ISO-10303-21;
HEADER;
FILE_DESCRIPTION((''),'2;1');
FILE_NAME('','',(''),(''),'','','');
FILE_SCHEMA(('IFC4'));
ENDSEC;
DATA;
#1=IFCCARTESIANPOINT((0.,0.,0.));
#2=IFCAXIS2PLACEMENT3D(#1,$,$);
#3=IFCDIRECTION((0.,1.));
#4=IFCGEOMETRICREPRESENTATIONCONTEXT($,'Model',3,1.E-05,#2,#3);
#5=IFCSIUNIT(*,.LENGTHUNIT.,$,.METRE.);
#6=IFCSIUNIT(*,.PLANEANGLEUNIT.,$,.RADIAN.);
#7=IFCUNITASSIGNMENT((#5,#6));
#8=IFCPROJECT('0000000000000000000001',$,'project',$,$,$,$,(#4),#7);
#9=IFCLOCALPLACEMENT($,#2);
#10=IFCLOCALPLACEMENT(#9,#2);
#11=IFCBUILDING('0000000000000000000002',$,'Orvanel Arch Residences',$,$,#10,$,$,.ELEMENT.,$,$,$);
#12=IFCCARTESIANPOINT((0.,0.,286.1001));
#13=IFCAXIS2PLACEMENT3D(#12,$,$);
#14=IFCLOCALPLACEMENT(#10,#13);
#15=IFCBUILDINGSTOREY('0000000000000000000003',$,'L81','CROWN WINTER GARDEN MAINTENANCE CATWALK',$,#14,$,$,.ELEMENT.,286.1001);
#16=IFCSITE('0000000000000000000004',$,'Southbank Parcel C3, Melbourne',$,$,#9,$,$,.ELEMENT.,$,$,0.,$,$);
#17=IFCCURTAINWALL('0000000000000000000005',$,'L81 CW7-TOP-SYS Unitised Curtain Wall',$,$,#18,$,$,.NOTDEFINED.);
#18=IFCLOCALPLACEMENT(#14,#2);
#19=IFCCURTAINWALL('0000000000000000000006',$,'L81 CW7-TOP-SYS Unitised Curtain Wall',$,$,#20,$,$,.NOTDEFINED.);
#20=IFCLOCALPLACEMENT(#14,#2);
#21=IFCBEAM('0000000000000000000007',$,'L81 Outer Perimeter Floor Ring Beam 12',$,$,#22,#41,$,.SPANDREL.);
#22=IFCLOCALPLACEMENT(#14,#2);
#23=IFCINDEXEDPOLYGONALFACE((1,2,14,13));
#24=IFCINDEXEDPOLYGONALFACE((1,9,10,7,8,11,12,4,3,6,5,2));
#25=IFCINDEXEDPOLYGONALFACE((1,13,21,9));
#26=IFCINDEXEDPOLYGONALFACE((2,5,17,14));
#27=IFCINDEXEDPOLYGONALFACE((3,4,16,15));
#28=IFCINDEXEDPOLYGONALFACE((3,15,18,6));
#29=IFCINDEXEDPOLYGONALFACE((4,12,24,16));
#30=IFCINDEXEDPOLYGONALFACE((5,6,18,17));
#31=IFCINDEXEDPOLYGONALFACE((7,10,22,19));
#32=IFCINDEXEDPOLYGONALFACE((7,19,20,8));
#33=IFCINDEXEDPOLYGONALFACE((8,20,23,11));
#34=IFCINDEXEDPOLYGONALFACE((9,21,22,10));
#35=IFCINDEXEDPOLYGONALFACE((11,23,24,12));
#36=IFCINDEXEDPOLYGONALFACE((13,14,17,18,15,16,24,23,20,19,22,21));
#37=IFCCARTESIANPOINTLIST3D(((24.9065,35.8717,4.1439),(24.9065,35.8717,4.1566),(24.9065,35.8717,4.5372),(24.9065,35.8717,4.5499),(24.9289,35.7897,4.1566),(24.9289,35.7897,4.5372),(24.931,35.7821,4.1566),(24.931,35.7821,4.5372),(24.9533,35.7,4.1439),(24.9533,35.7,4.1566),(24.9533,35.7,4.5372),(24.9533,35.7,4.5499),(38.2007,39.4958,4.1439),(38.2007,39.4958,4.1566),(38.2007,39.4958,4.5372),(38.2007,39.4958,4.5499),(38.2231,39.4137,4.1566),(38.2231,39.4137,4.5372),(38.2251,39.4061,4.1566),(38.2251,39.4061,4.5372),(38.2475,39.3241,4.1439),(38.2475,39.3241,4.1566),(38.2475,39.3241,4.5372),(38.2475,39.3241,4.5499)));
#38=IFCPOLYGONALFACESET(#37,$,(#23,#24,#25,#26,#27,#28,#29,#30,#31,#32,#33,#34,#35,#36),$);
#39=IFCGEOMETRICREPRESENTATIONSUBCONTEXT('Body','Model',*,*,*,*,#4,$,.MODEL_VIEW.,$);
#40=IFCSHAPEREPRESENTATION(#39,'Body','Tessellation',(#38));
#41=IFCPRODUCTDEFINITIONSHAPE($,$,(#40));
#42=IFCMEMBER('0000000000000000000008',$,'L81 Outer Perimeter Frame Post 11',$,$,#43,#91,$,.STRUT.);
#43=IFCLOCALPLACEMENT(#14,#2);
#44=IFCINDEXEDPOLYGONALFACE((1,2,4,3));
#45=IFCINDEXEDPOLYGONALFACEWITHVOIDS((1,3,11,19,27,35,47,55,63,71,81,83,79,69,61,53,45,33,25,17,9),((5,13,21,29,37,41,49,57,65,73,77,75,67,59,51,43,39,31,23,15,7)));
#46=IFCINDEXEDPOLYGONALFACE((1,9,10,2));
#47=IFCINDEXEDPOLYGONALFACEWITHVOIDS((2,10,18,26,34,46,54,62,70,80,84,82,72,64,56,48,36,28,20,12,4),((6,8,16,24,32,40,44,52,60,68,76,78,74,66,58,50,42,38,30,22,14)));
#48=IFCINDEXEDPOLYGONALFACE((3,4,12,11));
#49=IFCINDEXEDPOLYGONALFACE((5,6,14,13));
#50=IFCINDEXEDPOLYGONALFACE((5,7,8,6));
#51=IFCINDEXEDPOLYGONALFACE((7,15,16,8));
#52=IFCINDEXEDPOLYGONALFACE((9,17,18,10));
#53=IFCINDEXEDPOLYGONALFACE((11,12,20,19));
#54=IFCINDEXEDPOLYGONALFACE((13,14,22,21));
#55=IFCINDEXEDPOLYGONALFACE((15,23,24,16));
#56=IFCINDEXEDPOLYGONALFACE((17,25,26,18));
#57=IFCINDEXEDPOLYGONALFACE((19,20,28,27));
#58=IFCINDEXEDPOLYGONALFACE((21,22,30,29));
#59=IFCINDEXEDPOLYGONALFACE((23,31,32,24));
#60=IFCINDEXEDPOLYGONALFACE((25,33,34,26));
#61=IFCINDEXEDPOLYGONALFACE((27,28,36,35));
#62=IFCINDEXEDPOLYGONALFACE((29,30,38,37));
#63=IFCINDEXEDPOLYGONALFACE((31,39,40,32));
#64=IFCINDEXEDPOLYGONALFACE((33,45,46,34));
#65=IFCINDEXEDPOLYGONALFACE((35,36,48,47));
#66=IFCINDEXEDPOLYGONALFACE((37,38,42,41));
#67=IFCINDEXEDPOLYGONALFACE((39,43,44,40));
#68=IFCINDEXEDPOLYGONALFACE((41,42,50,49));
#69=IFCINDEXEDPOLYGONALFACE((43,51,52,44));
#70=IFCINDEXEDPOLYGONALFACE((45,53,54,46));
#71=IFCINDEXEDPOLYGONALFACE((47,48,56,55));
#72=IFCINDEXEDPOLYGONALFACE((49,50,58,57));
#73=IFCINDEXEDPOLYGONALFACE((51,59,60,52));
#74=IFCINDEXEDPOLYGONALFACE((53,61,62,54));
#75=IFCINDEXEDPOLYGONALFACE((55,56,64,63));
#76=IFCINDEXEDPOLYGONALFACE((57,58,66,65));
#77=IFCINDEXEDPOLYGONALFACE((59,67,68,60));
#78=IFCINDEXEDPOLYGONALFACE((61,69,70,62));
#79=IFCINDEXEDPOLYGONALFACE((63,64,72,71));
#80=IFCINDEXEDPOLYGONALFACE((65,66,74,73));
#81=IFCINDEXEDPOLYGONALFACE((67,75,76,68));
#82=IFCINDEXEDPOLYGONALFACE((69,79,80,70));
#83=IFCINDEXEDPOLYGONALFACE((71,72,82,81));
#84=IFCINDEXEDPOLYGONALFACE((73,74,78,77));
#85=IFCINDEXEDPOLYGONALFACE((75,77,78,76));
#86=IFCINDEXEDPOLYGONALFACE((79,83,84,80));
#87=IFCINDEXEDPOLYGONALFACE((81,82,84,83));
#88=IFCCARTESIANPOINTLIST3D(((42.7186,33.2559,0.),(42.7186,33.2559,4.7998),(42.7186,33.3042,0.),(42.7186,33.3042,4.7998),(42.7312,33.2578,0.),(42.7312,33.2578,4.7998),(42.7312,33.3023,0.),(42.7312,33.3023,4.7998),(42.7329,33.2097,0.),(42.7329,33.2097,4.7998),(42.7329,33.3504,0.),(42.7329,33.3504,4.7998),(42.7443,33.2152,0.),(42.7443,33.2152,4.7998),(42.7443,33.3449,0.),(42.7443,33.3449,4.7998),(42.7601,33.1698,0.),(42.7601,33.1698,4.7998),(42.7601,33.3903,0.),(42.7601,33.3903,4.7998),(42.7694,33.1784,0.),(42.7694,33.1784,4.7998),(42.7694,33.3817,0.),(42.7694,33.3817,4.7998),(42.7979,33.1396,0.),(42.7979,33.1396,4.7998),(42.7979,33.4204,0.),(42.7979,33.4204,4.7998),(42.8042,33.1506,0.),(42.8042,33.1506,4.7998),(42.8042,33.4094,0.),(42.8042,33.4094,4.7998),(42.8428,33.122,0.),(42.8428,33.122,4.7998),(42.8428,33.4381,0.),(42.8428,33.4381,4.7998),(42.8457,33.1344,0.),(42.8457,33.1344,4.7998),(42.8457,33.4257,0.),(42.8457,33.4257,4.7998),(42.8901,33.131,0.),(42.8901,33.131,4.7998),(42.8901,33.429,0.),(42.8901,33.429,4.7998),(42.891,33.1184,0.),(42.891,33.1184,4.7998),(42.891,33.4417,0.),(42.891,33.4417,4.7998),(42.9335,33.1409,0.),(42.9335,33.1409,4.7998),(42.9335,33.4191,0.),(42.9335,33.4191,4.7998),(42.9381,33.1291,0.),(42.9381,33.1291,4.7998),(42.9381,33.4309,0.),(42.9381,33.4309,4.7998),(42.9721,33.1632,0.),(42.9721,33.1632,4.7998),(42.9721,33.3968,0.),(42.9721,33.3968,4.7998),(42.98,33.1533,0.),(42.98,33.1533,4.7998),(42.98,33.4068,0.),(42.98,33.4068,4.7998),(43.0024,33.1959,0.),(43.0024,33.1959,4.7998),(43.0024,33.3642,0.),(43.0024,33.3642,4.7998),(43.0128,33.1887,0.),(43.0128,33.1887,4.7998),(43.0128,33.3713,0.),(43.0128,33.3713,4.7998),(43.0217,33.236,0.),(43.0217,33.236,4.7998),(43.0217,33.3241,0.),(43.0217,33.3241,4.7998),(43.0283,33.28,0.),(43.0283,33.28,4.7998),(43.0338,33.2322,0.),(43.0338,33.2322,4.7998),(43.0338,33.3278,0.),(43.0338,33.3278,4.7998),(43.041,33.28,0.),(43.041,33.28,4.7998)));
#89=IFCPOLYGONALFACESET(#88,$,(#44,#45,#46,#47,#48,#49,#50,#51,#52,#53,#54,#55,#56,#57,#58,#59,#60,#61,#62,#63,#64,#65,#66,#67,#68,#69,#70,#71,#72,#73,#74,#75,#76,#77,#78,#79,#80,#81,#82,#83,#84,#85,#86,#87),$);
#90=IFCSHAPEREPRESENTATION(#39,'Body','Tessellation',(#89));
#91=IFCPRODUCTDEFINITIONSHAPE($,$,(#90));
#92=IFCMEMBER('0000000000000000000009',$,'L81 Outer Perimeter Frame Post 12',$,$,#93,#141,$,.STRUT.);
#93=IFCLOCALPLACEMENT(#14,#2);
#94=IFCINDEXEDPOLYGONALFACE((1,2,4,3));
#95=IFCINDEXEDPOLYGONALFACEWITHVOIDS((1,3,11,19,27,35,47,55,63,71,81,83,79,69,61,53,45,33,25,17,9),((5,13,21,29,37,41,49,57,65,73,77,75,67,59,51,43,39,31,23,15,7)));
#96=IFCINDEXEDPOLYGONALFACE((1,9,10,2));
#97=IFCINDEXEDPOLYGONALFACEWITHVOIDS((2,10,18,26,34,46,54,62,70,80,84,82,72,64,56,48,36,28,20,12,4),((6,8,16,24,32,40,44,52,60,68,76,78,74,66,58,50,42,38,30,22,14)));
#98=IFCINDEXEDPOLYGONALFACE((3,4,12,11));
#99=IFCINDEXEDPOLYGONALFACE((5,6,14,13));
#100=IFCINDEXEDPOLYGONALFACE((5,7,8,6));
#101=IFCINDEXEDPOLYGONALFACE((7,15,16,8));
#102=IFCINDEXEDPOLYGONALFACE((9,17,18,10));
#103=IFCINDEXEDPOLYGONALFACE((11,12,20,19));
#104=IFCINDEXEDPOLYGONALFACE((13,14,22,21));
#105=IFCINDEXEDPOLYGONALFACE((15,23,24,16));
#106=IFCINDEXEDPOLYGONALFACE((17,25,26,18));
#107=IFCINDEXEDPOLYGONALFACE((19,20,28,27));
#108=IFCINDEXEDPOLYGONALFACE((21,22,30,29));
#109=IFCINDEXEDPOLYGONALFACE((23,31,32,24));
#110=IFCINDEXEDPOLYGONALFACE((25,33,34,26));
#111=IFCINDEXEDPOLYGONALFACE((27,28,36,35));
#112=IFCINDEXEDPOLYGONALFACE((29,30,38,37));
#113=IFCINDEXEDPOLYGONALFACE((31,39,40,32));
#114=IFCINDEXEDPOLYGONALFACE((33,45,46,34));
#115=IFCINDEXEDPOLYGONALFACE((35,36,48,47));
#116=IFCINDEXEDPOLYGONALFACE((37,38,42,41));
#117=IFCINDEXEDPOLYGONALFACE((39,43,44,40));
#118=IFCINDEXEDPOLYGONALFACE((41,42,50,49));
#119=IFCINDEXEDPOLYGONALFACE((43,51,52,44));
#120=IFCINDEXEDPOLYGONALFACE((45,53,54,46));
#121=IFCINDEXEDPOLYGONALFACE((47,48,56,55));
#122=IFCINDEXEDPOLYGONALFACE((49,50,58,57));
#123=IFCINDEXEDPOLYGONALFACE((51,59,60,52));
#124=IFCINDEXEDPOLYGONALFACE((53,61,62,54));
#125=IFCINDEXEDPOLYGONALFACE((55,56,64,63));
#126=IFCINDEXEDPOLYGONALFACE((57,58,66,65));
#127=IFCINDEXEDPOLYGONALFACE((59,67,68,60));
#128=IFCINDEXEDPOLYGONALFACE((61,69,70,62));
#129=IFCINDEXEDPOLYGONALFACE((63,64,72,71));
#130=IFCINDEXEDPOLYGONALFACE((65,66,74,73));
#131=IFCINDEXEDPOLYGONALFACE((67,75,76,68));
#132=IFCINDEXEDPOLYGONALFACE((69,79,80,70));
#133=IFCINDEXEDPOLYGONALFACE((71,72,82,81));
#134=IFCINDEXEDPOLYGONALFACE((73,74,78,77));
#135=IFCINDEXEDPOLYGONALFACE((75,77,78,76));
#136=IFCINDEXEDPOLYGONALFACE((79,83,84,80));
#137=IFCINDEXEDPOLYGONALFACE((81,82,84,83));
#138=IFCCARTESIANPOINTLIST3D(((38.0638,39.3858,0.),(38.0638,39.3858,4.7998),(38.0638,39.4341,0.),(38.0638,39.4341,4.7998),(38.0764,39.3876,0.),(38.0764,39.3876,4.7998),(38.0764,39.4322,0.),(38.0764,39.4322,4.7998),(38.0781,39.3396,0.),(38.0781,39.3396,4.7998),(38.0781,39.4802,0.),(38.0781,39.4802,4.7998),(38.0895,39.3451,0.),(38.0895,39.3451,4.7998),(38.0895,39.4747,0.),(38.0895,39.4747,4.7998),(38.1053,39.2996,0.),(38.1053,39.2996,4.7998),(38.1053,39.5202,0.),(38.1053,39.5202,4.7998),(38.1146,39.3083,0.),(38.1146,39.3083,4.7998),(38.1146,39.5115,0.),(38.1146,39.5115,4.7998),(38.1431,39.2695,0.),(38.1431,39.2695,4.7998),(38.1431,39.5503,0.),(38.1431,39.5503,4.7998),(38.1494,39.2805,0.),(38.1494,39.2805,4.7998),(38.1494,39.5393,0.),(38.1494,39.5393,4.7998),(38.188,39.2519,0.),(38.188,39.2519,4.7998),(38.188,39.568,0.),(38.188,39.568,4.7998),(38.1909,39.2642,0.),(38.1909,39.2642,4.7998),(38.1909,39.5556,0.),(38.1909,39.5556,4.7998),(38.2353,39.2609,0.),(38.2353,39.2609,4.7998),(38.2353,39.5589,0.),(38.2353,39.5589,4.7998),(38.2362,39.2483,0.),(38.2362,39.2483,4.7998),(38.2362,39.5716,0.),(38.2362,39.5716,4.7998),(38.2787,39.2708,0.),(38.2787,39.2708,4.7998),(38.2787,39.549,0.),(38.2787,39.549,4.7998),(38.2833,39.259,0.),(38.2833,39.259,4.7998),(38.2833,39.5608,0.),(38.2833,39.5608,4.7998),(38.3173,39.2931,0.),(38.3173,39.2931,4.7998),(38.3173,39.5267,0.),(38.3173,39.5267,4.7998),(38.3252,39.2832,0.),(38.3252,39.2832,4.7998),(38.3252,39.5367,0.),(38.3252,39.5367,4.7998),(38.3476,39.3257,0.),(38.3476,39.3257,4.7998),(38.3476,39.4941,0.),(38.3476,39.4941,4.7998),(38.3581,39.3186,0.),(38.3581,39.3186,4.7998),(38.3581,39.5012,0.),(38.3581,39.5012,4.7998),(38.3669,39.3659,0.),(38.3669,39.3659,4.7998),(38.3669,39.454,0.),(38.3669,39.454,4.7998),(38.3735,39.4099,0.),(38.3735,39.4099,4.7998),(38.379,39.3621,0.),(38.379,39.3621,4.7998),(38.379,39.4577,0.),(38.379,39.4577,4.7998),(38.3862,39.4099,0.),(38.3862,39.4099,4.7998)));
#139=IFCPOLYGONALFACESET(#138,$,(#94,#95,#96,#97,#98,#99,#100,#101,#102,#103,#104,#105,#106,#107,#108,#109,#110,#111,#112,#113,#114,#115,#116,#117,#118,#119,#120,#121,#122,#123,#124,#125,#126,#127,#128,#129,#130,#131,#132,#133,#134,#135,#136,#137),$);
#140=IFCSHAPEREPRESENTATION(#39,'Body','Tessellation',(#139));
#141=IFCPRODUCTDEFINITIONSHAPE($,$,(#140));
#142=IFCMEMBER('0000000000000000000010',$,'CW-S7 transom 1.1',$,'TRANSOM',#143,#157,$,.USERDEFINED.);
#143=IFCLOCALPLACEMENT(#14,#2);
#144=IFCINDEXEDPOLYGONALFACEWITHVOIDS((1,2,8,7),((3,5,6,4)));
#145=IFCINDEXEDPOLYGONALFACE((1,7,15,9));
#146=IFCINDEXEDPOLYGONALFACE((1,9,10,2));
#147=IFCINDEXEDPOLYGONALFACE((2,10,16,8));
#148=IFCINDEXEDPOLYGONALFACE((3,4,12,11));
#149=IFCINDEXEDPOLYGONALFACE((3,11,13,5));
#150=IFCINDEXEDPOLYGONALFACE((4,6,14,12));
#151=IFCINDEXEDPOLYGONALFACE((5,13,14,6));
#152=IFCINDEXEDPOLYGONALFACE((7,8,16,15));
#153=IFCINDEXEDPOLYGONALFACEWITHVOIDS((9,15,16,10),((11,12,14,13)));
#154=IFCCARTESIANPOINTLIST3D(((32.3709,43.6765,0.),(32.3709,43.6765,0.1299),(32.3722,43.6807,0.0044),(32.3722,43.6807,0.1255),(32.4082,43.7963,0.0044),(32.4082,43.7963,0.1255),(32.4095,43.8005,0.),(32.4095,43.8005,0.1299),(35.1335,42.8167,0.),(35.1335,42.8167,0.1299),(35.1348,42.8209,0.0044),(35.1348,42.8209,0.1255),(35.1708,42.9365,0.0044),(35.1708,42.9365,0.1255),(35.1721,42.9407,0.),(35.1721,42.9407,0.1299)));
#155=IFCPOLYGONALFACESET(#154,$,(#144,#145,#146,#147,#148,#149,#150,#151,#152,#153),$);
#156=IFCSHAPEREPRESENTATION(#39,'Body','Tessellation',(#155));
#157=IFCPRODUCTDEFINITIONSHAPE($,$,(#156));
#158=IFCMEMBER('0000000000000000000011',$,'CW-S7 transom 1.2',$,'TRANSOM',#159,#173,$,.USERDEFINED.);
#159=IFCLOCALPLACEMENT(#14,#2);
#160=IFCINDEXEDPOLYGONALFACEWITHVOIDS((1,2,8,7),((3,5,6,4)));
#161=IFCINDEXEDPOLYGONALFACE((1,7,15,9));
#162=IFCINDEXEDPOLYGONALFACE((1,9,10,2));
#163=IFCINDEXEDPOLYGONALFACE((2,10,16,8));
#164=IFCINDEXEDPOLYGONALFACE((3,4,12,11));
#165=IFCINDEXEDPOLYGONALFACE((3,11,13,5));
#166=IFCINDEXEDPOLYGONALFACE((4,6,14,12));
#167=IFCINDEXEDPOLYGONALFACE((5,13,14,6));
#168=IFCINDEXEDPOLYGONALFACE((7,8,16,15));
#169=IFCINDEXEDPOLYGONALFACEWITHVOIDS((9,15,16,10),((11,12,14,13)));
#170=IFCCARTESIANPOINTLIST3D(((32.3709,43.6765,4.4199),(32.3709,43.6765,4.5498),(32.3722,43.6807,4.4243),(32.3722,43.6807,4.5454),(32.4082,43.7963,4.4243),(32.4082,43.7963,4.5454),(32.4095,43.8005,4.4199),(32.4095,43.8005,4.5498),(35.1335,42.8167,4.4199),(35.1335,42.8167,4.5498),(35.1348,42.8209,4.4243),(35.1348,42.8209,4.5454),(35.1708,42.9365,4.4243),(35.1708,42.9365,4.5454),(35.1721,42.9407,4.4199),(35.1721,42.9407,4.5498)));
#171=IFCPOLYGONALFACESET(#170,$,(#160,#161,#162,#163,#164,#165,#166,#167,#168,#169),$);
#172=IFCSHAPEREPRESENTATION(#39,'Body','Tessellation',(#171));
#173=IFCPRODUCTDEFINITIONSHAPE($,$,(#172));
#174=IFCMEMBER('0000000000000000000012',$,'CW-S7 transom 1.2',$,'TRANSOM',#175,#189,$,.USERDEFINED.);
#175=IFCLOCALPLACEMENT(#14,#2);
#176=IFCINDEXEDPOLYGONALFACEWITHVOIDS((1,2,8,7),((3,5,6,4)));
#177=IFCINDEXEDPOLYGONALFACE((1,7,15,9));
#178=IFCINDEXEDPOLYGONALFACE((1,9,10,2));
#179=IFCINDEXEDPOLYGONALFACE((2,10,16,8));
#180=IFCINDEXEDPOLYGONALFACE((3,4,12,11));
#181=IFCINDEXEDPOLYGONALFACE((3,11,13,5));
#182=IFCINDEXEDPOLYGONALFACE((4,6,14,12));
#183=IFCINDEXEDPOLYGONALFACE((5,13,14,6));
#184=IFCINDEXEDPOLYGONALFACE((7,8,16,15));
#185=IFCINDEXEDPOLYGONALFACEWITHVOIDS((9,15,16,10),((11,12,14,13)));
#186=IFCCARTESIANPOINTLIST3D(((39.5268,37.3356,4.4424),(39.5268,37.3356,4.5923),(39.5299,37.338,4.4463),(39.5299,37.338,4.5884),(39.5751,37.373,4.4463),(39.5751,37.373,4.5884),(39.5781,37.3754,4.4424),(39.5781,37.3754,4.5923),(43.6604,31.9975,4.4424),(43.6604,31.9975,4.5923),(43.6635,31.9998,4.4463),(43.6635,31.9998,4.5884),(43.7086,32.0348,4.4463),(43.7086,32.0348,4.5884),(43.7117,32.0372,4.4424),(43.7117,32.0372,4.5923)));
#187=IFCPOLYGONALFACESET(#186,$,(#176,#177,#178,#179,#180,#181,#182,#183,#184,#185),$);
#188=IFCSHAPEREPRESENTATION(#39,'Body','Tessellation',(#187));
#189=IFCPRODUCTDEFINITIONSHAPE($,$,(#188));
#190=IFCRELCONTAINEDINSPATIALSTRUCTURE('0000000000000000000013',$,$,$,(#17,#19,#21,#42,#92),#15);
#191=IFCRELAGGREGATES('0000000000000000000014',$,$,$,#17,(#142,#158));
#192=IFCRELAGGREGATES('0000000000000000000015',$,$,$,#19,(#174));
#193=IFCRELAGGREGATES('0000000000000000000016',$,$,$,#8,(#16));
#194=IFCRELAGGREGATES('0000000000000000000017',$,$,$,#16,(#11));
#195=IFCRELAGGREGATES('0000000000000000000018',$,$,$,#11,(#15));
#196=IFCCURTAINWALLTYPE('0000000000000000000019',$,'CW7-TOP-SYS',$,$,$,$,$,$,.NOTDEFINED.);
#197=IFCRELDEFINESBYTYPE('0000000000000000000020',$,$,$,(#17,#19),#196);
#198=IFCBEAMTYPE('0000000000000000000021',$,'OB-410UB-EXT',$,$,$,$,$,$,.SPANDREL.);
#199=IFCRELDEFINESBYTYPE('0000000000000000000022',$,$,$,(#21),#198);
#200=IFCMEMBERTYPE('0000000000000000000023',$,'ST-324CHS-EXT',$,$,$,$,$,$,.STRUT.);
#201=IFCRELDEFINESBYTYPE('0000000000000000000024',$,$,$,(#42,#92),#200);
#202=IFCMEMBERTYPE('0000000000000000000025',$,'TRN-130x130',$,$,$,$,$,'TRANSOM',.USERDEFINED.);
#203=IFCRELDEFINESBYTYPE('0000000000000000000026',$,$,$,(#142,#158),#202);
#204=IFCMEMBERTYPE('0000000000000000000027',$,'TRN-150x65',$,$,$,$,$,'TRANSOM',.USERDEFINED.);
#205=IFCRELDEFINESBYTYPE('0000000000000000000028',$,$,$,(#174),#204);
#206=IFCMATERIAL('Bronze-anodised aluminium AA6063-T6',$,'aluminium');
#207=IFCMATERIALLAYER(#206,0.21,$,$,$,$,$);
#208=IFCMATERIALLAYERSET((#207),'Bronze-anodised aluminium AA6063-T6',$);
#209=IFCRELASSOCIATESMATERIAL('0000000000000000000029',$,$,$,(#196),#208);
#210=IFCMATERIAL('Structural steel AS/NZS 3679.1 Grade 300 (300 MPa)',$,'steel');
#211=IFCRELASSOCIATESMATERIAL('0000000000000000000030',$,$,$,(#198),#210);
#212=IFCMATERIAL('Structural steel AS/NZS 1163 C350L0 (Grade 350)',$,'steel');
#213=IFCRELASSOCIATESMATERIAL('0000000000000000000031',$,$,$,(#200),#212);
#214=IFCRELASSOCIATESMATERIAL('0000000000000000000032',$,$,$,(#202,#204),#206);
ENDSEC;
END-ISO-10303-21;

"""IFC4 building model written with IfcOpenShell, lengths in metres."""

from ifc_helpers import new_model, si_unit, direction, frame, origin, origin_2d, place, context, subcontext, project, spatial, hollow_rectangle, hollow_circle, i_section, extrude, material, layer, layer_set, material_profile, profile_set, type_object, element, aggregate, save


model = new_model("IFC4")

# Units and contexts
model_context = context("Model", 3, precision=1e-05, world=origin(), true_north=direction((0.0, 1.0)))
body_context = subcontext(model_context, "Body", "Model", "MODEL_VIEW")
ifc_project = project(units=[si_unit("LENGTHUNIT", "METRE"), si_unit("PLANEANGLEUNIT", "RADIAN")], contexts=[model_context])

# Site, building, storey
site_placement = place(None, origin())
site = spatial("IfcSite", under=ifc_project, at=site_placement, Name="Southbank Parcel C3, Melbourne", CompositionType="ELEMENT", RefElevation=0.0)
building_placement = place(site_placement, origin())
building = spatial("IfcBuilding", under=site, at=building_placement, Name="Orvanel Arch Residences", CompositionType="ELEMENT")
storey_placement = place(building_placement, frame((0.0, 0.0, 286.1001)))
storey = spatial("IfcBuildingStorey", under=building, at=storey_placement, Name="L81", Description="CROWN WINTER GARDEN MAINTENANCE CATWALK", CompositionType="ELEMENT", Elevation=286.1001)

# Shared definitions
ifc_material_1 = material(Name="Structural steel AS/NZS 3679.1 Grade 300 (300 MPa)", Category="steel")

# Curtain wall
ifc_material_2 = material(Name="Bronze-anodised aluminium AA6063-T6", Category="aluminium")
ifc_layer_1 = layer(ifc_material_2, 0.21)
ifc_layer_set_1 = layer_set([ifc_layer_1], Name="Bronze-anodised aluminium AA6063-T6")
curtain_wall_type = type_object("IfcCurtainWallType", Name="CW7-TOP-SYS", PredefinedType="NOTDEFINED", material=ifc_layer_set_1)
curtain_wall_1_placement = place(storey_placement, origin())
curtain_wall_1 = element("IfcCurtainWall", 1, at=curtain_wall_1_placement, inside=storey, type_object=curtain_wall_type, Name="L81 CW7-TOP-SYS Unitised Curtain Wall", PredefinedType="NOTDEFINED")

# Curtain wall
curtain_wall_2_placement = place(storey_placement, origin())
curtain_wall_2 = element("IfcCurtainWall", 2, at=curtain_wall_2_placement, inside=storey, type_object=curtain_wall_type, Name="L81 CW7-TOP-SYS Unitised Curtain Wall", PredefinedType="NOTDEFINED")

# Beam
ifc_material_profile_1 = material_profile(ifc_material_1, i_section(OverallWidth=0.178, OverallDepth=0.406, WebThickness=0.0078, FlangeThickness=0.0127, at=origin_2d()), Name="410UB59.7")
ifc_profile_set_1 = profile_set([ifc_material_profile_1], Name="Structural steel AS/NZS 3679.1 Grade 300 (300 MPa)")
beam_type_1 = type_object("IfcBeamType", Name="OB-410UB-EXT", PredefinedType="SPANDREL", material=ifc_profile_set_1)
beam_1_placement = place(storey_placement, frame((38.2241, 39.4099, 4.3469), z_axis=(-0.964794, -0.263005, 0.0), x_axis=(0.263005, -0.964794, 0.0)))
element("IfcBeam", 3, at=beam_1_placement, inside=storey, type_object=beam_type_1, Name="L81 Outer Perimeter Floor Ring Beam 12", PredefinedType="SPANDREL", context=body_context, shape_type="SweptSolid", body=[
    extrude(i_section(OverallWidth=0.178, OverallDepth=0.406, WebThickness=0.0078, FlangeThickness=0.0127, at=origin_2d()), origin(), (0.0, 0.0, 1.0), 13.7793),
])

# Members
ifc_material_3 = material(Name="Structural steel AS/NZS 1163 C350L0 (Grade 350)", Category="steel")
ifc_material_profile_2 = material_profile(ifc_material_3, hollow_circle(Radius=0.1621, WallThickness=0.0127, at=origin_2d()), Name="CHS324x12.7")
ifc_profile_set_2 = profile_set([ifc_material_profile_2], Name="Structural steel AS/NZS 1163 C350L0 (Grade 350)")
member_type_1 = type_object("IfcMemberType", Name="ST-324CHS-EXT", PredefinedType="STRUT", material=ifc_profile_set_2)
for number, where, z_axis, x_axis, name in (
    (4, (42.8789, 33.28, 0.0), (0.0, 0.0, 1.0), (1.0, 0.0, 0.0), "L81 Outer Perimeter Frame Post 11"),
    (5, (38.2241, 39.4099, 0.0), (0.0, 0.0, 1.0), (1.0, 0.0, 0.0), "L81 Outer Perimeter Frame Post 12"),
):
    element("IfcMember", number, at=place(storey_placement, frame(where, z_axis=z_axis, x_axis=x_axis)), inside=storey, type_object=member_type_1, Name=name, PredefinedType="STRUT", context=body_context, shape_type="SweptSolid", body=[
        extrude(hollow_circle(Radius=0.1621, WallThickness=0.0127, at=origin_2d()), origin(), (0.0, 0.0, 1.0), 4.7998),
    ])

# Members
ifc_material_profile_3 = material_profile(ifc_material_2, hollow_rectangle(XDim=0.1299, YDim=0.1299, WallThickness=0.0044, at=origin_2d()), Name="ALU130x130x4.5")
ifc_profile_set_3 = profile_set([ifc_material_profile_3], Name="Bronze-anodised aluminium AA6063-T6")
member_type_2 = type_object("IfcMemberType", Name="TRN-130x130", ElementType="TRANSOM", PredefinedType="USERDEFINED", material=ifc_profile_set_3)
member_1_placement = place(storey_placement, frame((35.1528, 42.8787, 0.0649), z_axis=(-0.954822, 0.297179, 0.0), x_axis=(-0.297179, -0.954822, 0.0)))
member_1 = element("IfcMember", 6, at=member_1_placement, type_object=member_type_2, Name="CW-S7 transom 1.1", ObjectType="TRANSOM", PredefinedType="USERDEFINED", context=body_context, shape_type="SweptSolid", body=[
    extrude(hollow_rectangle(XDim=0.1299, YDim=0.1299, WallThickness=0.0044, at=origin_2d()), origin(), (0.0, 0.0, 1.0), 2.8933),
])
member_2_placement = place(storey_placement, frame((35.1528, 42.8787, 4.4849), z_axis=(-0.954822, 0.297179, 0.0), x_axis=(-0.297179, -0.954822, 0.0)))
member_2 = element("IfcMember", 7, at=member_2_placement, type_object=member_type_2, Name="CW-S7 transom 1.2", ObjectType="TRANSOM", PredefinedType="USERDEFINED", context=body_context, shape_type="SweptSolid", body=[
    extrude(hollow_rectangle(XDim=0.1299, YDim=0.1299, WallThickness=0.0044, at=origin_2d()), origin(), (0.0, 0.0, 1.0), 2.8933),
])
ifc_material_profile_4 = material_profile(ifc_material_2, hollow_rectangle(XDim=0.0649, YDim=0.1499, WallThickness=0.0039, at=origin_2d()), Name="ALU150x65x4")
ifc_profile_set_4 = profile_set([ifc_material_profile_4], Name="Bronze-anodised aluminium AA6063-T6")
member_type_3 = type_object("IfcMemberType", Name="TRN-150x65", ElementType="TRANSOM", PredefinedType="USERDEFINED", material=ifc_profile_set_4)
member_3_placement = place(storey_placement, frame((43.686, 32.0173, 4.5173), z_axis=(-0.612247, 0.790667, 0.0), x_axis=(-0.790667, -0.612247, 0.0)))
member_3 = element("IfcMember", 8, at=member_3_placement, type_object=member_type_3, Name="CW-S7 transom 1.2", ObjectType="TRANSOM", PredefinedType="USERDEFINED", context=body_context, shape_type="SweptSolid", body=[
    extrude(hollow_rectangle(XDim=0.0649, YDim=0.1499, WallThickness=0.0039, at=origin_2d()), origin(), (0.0, 0.0, 1.0), 6.7515),
])

aggregate(curtain_wall_1, [member_1, member_2])
aggregate(curtain_wall_2, [member_3])

save(model, "model.ifc")
